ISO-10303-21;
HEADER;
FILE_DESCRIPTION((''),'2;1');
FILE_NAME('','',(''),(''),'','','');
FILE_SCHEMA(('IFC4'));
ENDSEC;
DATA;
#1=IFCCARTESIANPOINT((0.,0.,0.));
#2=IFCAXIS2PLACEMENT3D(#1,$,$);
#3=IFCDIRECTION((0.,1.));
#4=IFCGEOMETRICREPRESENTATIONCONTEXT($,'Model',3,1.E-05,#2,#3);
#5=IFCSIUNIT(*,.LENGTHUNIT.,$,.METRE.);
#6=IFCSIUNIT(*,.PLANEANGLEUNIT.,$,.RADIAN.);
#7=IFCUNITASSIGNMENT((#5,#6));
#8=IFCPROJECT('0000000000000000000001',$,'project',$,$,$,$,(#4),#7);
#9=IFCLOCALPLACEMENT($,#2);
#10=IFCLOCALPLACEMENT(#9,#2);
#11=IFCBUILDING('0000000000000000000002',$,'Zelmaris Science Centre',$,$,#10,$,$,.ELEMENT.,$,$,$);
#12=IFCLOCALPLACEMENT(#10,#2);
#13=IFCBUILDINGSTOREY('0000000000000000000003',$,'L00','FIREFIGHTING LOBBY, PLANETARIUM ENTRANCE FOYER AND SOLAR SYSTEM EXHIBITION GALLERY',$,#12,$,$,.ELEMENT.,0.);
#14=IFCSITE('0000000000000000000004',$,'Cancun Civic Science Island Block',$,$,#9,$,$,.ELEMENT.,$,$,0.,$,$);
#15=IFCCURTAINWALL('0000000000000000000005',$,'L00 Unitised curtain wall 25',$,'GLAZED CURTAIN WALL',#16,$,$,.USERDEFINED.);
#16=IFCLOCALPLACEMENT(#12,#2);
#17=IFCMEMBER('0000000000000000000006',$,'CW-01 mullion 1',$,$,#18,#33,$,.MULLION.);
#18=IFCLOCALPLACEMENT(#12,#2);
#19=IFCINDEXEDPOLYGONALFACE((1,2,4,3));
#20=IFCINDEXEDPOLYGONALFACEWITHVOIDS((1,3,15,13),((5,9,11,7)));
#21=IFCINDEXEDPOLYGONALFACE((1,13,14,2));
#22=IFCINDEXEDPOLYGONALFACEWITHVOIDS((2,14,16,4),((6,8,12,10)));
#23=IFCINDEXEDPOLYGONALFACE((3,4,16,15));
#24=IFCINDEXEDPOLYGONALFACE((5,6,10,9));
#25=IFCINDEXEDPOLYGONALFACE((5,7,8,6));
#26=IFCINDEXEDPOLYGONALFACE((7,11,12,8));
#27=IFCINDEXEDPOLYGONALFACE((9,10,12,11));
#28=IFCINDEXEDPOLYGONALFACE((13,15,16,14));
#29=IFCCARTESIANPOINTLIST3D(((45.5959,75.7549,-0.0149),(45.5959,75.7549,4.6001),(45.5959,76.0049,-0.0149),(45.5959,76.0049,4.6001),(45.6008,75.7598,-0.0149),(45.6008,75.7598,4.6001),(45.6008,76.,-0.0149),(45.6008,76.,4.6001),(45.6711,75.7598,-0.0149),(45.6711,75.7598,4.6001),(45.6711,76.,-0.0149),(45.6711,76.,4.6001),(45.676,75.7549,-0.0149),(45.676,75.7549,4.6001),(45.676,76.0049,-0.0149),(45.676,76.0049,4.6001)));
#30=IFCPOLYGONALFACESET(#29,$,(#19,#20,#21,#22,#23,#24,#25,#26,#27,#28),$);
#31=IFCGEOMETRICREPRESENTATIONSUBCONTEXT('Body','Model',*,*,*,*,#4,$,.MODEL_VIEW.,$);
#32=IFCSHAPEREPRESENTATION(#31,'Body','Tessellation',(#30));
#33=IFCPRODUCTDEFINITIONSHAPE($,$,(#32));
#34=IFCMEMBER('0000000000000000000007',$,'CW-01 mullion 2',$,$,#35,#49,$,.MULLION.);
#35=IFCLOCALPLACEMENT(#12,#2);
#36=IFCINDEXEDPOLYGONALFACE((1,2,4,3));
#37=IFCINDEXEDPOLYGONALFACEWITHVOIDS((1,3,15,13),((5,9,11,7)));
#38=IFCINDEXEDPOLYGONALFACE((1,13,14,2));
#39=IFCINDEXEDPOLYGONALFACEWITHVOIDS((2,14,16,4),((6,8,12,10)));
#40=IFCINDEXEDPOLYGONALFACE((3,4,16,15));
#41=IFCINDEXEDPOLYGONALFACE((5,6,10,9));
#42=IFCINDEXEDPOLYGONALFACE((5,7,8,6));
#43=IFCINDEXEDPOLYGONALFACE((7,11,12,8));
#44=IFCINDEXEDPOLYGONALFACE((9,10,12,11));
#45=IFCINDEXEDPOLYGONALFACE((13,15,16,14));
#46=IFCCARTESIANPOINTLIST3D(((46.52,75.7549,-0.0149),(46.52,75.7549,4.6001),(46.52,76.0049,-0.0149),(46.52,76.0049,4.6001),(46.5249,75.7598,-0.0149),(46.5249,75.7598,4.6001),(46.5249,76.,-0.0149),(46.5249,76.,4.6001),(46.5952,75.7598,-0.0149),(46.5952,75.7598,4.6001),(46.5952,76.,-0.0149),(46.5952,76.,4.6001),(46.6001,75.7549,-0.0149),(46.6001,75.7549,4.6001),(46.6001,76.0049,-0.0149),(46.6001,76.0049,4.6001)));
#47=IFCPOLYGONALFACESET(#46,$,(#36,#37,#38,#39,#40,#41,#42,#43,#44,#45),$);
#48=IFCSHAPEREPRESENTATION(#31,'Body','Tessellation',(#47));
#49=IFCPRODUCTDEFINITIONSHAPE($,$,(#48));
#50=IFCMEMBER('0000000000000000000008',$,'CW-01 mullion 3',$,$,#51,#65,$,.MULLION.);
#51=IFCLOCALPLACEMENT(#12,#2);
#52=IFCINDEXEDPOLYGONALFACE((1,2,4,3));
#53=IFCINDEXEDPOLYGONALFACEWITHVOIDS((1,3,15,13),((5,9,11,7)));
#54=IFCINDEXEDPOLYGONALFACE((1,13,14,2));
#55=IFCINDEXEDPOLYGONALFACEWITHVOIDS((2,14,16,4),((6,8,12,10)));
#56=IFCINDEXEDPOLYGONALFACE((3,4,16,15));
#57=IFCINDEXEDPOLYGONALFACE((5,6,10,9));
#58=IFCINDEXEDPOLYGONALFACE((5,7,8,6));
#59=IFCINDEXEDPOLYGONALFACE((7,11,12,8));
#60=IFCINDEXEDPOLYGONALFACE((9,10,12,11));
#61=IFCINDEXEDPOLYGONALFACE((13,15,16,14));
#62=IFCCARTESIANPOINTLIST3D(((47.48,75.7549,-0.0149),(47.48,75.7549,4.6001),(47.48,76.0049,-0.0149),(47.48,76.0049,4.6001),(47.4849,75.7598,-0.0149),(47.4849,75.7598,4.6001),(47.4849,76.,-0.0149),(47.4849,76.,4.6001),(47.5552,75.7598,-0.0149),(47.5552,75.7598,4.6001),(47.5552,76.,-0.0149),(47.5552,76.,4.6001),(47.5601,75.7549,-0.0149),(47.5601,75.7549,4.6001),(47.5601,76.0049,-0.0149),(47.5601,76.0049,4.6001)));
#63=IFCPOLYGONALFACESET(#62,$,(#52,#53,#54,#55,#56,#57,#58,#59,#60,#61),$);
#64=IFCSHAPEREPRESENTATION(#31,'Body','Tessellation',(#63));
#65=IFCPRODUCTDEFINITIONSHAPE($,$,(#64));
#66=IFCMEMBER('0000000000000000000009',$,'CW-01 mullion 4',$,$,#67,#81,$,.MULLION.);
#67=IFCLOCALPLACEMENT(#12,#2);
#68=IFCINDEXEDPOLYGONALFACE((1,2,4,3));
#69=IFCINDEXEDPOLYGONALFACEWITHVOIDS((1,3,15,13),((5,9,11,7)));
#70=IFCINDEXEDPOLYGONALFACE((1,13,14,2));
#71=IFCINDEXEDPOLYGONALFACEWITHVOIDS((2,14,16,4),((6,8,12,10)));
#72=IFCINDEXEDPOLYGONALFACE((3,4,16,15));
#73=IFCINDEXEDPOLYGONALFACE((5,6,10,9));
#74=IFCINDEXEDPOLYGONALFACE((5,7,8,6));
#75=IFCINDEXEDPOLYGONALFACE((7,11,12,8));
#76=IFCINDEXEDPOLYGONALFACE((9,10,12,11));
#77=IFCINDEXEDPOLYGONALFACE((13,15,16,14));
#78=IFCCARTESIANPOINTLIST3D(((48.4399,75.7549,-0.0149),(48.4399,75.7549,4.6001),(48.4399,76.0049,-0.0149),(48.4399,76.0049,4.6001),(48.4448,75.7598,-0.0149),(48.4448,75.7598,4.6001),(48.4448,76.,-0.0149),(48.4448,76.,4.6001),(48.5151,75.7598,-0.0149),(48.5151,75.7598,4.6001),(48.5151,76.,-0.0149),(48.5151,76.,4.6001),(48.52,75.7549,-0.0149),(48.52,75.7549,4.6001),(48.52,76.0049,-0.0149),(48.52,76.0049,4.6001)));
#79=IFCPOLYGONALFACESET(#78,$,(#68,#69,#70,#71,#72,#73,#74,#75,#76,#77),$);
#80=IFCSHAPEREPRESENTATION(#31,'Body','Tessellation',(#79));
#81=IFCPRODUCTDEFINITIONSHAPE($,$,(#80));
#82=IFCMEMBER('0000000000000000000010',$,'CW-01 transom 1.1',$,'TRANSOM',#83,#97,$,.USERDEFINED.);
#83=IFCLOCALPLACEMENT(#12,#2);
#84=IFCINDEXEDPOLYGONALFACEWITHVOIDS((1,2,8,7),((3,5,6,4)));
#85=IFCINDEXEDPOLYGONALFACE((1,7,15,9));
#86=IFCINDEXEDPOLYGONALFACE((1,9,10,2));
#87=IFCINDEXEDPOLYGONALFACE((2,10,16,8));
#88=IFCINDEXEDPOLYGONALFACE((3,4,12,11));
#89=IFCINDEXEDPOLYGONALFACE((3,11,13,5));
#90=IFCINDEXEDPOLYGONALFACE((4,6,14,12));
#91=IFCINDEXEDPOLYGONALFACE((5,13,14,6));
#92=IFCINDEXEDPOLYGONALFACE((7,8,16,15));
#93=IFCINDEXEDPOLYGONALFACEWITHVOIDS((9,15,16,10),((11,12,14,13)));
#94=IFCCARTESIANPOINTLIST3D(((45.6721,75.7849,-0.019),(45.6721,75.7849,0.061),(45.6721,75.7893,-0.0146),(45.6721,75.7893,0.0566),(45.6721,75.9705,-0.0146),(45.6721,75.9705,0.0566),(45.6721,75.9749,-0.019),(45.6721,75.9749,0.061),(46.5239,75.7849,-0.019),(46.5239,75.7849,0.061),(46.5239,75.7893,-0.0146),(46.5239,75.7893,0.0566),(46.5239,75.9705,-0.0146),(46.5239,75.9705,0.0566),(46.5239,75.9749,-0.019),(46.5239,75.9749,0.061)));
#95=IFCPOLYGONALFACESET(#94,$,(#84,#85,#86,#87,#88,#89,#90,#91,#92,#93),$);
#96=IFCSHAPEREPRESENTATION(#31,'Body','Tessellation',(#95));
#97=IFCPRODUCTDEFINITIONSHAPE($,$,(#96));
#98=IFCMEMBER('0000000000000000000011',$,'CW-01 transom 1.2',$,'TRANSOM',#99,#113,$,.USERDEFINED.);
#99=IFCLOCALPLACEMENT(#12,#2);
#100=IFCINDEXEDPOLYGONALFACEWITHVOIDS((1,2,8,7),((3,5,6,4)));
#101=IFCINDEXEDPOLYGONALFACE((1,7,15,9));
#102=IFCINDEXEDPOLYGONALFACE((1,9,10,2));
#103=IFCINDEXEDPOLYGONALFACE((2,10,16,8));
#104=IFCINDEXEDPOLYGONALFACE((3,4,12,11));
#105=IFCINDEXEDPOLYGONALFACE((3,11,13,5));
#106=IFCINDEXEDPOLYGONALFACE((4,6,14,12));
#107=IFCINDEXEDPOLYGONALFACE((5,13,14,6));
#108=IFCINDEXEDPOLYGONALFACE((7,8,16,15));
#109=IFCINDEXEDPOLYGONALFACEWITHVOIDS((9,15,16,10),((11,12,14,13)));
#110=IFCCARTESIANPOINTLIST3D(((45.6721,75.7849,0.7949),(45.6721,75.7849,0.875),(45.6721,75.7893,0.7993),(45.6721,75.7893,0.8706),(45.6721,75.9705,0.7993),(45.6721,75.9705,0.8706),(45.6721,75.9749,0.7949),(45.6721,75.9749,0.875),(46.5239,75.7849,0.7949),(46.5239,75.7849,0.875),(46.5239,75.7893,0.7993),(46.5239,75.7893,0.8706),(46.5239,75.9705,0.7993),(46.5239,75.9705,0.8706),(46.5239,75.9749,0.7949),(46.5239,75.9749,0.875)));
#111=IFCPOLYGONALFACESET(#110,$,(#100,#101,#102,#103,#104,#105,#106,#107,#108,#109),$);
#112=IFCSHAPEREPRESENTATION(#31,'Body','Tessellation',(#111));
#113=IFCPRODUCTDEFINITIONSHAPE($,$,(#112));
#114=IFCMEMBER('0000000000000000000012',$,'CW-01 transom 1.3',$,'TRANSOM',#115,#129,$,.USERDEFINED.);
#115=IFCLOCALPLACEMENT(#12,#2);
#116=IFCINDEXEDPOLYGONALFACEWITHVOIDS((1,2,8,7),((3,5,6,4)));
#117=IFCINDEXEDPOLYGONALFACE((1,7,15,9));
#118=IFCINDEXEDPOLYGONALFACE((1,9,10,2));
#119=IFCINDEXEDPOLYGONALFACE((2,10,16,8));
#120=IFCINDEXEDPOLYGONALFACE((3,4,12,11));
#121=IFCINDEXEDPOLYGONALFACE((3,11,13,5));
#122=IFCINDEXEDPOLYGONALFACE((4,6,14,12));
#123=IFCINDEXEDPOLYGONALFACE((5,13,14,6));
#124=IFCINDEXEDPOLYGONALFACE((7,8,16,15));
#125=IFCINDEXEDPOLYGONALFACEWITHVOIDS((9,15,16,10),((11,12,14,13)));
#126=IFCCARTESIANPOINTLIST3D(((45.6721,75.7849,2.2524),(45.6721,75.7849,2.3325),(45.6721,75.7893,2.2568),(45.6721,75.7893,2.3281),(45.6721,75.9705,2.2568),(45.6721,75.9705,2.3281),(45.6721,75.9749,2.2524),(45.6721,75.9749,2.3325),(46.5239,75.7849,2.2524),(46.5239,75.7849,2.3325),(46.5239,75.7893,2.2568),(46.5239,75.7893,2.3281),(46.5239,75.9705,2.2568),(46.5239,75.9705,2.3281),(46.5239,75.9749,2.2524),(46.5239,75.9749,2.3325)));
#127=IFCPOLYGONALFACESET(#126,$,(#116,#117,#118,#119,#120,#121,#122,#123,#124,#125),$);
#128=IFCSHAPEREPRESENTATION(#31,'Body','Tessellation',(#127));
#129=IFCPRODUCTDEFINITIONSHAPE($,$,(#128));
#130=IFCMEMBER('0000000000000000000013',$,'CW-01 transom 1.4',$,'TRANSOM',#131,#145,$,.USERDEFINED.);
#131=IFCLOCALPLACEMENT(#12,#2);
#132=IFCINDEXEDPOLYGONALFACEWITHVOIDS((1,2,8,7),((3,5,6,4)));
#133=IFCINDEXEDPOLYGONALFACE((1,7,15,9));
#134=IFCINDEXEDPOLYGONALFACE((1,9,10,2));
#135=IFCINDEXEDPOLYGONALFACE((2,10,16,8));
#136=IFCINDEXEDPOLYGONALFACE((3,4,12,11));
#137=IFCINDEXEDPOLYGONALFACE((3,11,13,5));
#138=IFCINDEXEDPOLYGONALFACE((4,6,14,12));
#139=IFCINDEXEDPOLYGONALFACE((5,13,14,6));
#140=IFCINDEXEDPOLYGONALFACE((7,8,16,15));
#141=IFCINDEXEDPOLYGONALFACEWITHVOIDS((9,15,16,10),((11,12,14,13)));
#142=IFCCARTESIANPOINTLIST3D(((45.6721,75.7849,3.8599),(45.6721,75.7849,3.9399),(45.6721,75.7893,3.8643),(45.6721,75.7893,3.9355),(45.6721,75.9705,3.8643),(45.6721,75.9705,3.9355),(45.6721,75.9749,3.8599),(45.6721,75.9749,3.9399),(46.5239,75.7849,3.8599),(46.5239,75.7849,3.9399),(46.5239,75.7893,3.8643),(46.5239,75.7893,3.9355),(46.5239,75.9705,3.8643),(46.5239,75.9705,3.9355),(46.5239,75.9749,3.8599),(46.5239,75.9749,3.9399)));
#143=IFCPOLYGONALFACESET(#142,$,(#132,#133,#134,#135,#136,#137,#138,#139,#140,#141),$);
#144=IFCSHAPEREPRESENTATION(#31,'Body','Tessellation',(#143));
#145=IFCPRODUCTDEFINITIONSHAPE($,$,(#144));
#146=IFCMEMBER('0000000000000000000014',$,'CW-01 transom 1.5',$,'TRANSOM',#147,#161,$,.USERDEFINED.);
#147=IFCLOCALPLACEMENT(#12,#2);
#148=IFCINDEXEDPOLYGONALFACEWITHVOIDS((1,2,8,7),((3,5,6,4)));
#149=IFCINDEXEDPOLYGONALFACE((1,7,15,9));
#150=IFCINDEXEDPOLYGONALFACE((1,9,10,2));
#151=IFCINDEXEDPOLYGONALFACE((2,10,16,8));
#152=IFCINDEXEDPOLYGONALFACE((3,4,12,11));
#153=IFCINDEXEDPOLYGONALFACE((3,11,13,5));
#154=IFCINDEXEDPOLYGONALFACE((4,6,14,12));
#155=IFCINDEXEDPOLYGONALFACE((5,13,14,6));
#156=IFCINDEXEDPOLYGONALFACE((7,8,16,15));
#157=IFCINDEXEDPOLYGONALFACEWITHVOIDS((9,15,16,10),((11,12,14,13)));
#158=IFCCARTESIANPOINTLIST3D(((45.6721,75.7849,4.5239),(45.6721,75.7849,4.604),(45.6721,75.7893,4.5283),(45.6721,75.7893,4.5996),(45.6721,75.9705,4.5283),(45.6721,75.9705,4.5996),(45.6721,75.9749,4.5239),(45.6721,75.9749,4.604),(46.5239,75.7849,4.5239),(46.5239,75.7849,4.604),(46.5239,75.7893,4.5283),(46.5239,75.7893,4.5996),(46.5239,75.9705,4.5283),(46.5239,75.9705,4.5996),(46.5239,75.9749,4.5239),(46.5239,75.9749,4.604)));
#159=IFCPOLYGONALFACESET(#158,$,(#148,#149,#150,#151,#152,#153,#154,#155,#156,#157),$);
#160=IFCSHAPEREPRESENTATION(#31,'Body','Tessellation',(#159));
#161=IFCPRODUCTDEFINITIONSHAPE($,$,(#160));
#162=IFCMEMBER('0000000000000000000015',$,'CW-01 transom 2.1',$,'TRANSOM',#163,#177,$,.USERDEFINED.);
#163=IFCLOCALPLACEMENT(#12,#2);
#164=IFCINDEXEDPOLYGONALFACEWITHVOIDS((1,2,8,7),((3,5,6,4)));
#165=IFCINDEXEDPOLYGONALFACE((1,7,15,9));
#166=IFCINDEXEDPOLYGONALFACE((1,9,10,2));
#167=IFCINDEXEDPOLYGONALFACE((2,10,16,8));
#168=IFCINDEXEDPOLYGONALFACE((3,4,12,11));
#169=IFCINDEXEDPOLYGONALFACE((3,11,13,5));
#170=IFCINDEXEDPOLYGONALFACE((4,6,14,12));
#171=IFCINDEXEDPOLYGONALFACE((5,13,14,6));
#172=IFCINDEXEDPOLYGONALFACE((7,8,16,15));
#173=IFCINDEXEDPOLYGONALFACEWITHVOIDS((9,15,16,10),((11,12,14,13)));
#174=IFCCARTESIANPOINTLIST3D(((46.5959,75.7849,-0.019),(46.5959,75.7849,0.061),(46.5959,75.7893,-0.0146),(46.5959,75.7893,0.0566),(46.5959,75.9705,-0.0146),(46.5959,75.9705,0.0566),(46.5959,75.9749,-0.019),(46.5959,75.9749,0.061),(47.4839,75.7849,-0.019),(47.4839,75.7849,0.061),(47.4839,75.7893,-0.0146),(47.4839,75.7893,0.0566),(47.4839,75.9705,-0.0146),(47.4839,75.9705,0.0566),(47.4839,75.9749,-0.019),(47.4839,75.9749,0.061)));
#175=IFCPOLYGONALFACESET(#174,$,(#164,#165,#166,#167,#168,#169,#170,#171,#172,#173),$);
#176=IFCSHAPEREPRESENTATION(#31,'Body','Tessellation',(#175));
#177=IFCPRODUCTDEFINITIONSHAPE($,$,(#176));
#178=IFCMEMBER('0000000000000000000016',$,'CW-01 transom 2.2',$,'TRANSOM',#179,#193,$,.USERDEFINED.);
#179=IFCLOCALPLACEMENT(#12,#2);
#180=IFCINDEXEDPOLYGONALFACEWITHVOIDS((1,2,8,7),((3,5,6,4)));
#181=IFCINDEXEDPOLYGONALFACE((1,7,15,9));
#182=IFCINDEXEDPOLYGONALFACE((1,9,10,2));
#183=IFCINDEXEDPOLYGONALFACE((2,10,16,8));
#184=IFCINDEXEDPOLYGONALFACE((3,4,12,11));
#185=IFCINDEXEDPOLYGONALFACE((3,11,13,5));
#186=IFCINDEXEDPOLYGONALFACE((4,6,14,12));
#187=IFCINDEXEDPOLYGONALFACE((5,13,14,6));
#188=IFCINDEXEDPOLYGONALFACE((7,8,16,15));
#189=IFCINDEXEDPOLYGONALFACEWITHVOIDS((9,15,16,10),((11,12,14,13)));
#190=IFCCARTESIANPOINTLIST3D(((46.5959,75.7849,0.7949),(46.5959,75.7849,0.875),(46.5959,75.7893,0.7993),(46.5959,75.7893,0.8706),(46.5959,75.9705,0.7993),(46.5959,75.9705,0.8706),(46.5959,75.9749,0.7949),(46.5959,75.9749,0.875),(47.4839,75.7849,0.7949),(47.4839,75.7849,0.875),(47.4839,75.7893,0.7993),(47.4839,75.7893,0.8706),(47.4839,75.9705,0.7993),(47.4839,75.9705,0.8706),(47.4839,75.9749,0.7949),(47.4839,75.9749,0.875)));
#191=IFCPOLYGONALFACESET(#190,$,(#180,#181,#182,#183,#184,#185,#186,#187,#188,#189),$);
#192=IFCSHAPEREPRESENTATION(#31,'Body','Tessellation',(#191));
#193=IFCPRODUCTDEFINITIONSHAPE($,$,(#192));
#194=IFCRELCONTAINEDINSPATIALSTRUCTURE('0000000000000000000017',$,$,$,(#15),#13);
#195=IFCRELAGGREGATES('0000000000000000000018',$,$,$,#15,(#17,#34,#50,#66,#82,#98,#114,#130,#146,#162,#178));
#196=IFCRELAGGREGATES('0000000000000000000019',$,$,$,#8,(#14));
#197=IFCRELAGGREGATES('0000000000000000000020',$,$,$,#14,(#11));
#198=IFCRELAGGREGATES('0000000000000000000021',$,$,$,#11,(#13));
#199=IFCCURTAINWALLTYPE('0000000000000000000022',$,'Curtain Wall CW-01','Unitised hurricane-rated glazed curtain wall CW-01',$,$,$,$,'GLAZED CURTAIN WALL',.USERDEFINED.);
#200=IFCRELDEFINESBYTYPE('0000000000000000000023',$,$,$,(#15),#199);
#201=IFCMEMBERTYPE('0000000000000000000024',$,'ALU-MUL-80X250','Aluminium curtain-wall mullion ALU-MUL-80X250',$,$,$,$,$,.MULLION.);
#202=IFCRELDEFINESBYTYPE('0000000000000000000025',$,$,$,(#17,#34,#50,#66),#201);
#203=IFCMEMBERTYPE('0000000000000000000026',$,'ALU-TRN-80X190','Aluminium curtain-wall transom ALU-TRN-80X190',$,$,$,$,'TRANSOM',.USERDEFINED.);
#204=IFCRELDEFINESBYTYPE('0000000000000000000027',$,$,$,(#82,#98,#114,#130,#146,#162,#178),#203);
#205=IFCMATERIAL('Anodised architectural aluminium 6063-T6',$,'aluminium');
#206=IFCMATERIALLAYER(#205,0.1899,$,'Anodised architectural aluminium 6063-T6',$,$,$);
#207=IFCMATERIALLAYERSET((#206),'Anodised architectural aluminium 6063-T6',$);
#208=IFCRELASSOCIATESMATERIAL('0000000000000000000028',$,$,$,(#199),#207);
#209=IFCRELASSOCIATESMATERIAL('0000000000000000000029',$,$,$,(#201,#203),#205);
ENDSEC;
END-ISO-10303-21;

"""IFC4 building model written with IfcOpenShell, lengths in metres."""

from ifc_helpers import new_model, si_unit, direction, frame, origin, origin_2d, place, context, subcontext, project, spatial, hollow_rectangle, extrude, material, layer, layer_set, material_profile, profile_set, type_object, element, aggregate, save


model = new_model("IFC4")

# Units and contexts
model_context = context("Model", 3, precision=1e-05, world=origin(), true_north=direction((0.0, 1.0)))
body_context = subcontext(model_context, "Body", "Model", "MODEL_VIEW")
ifc_project = project(units=[si_unit("LENGTHUNIT", "METRE"), si_unit("PLANEANGLEUNIT", "RADIAN")], contexts=[model_context])

# Site, building, storey
site_placement = place(None, origin())
site = spatial("IfcSite", under=ifc_project, at=site_placement, Name="Cancun Civic Science Island Block", CompositionType="ELEMENT", RefElevation=0.0)
building_placement = place(site_placement, origin())
building = spatial("IfcBuilding", under=site, at=building_placement, Name="Zelmaris Science Centre", CompositionType="ELEMENT")
storey_placement = place(building_placement, origin())
storey = spatial("IfcBuildingStorey", under=building, at=storey_placement, Name="L00", Description="FIREFIGHTING LOBBY, PLANETARIUM ENTRANCE FOYER AND SOLAR SYSTEM EXHIBITION GALLERY", CompositionType="ELEMENT", Elevation=0.0)

# Curtain wall, members
ifc_material_1 = material(Name="Anodised architectural aluminium 6063-T6", Category="aluminium")
ifc_layer_1 = layer(ifc_material_1, 0.1899, Name="Anodised architectural aluminium 6063-T6")
ifc_layer_set_1 = layer_set([ifc_layer_1], Name="Anodised architectural aluminium 6063-T6")
curtain_wall_type = type_object("IfcCurtainWallType", Name="Curtain Wall CW-01", Description="Unitised hurricane-rated glazed curtain wall CW-01", ElementType="GLAZED CURTAIN WALL", PredefinedType="USERDEFINED", material=ifc_layer_set_1)
curtain_wall_placement = place(storey_placement, origin())
curtain_wall = element("IfcCurtainWall", 1, at=curtain_wall_placement, inside=storey, type_object=curtain_wall_type, Name="L00 Unitised curtain wall 25", ObjectType="GLAZED CURTAIN WALL", PredefinedType="USERDEFINED")
ifc_material_profile_1 = material_profile(ifc_material_1, hollow_rectangle(XDim=0.0801, YDim=0.25, WallThickness=0.0049, at=origin_2d()), Name="ALU-MUL-80X250")
ifc_profile_set_1 = profile_set([ifc_material_profile_1], Name="Anodised architectural aluminium 6063-T6")
member_type_1 = type_object("IfcMemberType", Name="ALU-MUL-80X250", Description="Aluminium curtain-wall mullion ALU-MUL-80X250", PredefinedType="MULLION", material=ifc_profile_set_1)
member_1_placement = place(storey_placement, frame((45.636, 75.8799, -0.0149), z_axis=(0.0, 0.0, 1.0), x_axis=(1.0, 0.0, 0.0)))
member_1 = element("IfcMember", 2, at=member_1_placement, type_object=member_type_1, Name="CW-01 mullion 1", PredefinedType="MULLION", context=body_context, shape_type="SweptSolid", body=[
    extrude(hollow_rectangle(XDim=0.0801, YDim=0.25, WallThickness=0.0049, at=origin_2d()), origin(), (0.0, 0.0, 1.0), 4.615),
])
member_2_placement = place(storey_placement, frame((46.5601, 75.8799, -0.0149), z_axis=(0.0, 0.0, 1.0), x_axis=(1.0, 0.0, 0.0)))
member_2 = element("IfcMember", 3, at=member_2_placement, type_object=member_type_1, Name="CW-01 mullion 2", PredefinedType="MULLION", context=body_context, shape_type="SweptSolid", body=[
    extrude(hollow_rectangle(XDim=0.0801, YDim=0.25, WallThickness=0.0049, at=origin_2d()), origin(), (0.0, 0.0, 1.0), 4.615),
])
member_3_placement = place(storey_placement, frame((47.52, 75.8799, -0.0149), z_axis=(0.0, 0.0, 1.0), x_axis=(1.0, 0.0, 0.0)))
member_3 = element("IfcMember", 4, at=member_3_placement, type_object=member_type_1, Name="CW-01 mullion 3", PredefinedType="MULLION", context=body_context, shape_type="SweptSolid", body=[
    extrude(hollow_rectangle(XDim=0.0801, YDim=0.25, WallThickness=0.0049, at=origin_2d()), origin(), (0.0, 0.0, 1.0), 4.615),
])
member_4_placement = place(storey_placement, frame((48.48, 75.8799, -0.0149), z_axis=(0.0, 0.0, 1.0), x_axis=(1.0, 0.0, 0.0)))
member_4 = element("IfcMember", 5, at=member_4_placement, type_object=member_type_1, Name="CW-01 mullion 4", PredefinedType="MULLION", context=body_context, shape_type="SweptSolid", body=[
    extrude(hollow_rectangle(XDim=0.0801, YDim=0.25, WallThickness=0.0049, at=origin_2d()), origin(), (0.0, 0.0, 1.0), 4.615),
])
ifc_material_profile_2 = material_profile(ifc_material_1, hollow_rectangle(XDim=0.0801, YDim=0.1899, WallThickness=0.0044, at=origin_2d()), Name="ALU-TRN-80X190")
ifc_profile_set_2 = profile_set([ifc_material_profile_2], Name="Anodised architectural aluminium 6063-T6")
member_type_2 = type_object("IfcMemberType", Name="ALU-TRN-80X190", Description="Aluminium curtain-wall transom ALU-TRN-80X190", ElementType="TRANSOM", PredefinedType="USERDEFINED", material=ifc_profile_set_2)
member_5_placement = place(storey_placement, frame((45.6721, 75.8799, 0.021), z_axis=(1.0, 0.0, 0.0), x_axis=(0.0, 0.0, 1.0)))
member_5 = element("IfcMember", 6, at=member_5_placement, type_object=member_type_2, Name="CW-01 transom 1.1", ObjectType="TRANSOM", PredefinedType="USERDEFINED", context=body_context, shape_type="SweptSolid", body=[
    extrude(hollow_rectangle(XDim=0.0801, YDim=0.1899, WallThickness=0.0044, at=origin_2d()), origin(), (0.0, 0.0, 1.0), 0.8518),
])
member_6_placement = place(storey_placement, frame((45.6721, 75.8799, 0.835), z_axis=(1.0, 0.0, 0.0), x_axis=(0.0, 0.0, 1.0)))
member_6 = element("IfcMember", 7, at=member_6_placement, type_object=member_type_2, Name="CW-01 transom 1.2", ObjectType="TRANSOM", PredefinedType="USERDEFINED", context=body_context, shape_type="SweptSolid", body=[
    extrude(hollow_rectangle(XDim=0.0801, YDim=0.1899, WallThickness=0.0044, at=origin_2d()), origin(), (0.0, 0.0, 1.0), 0.8518),
])
member_7_placement = place(storey_placement, frame((45.6721, 75.8799, 2.2925), z_axis=(1.0, 0.0, 0.0), x_axis=(0.0, 0.0, 1.0)))
member_7 = element("IfcMember", 8, at=member_7_placement, type_object=member_type_2, Name="CW-01 transom 1.3", ObjectType="TRANSOM", PredefinedType="USERDEFINED", context=body_context, shape_type="SweptSolid", body=[
    extrude(hollow_rectangle(XDim=0.0801, YDim=0.1899, WallThickness=0.0044, at=origin_2d()), origin(), (0.0, 0.0, 1.0), 0.8518),
])
member_8_placement = place(storey_placement, frame((45.6721, 75.8799, 3.8999), z_axis=(1.0, 0.0, 0.0), x_axis=(0.0, 0.0, 1.0)))
member_8 = element("IfcMember", 9, at=member_8_placement, type_object=member_type_2, Name="CW-01 transom 1.4", ObjectType="TRANSOM", PredefinedType="USERDEFINED", context=body_context, shape_type="SweptSolid", body=[
    extrude(hollow_rectangle(XDim=0.0801, YDim=0.1899, WallThickness=0.0044, at=origin_2d()), origin(), (0.0, 0.0, 1.0), 0.8518),
])
member_9_placement = place(storey_placement, frame((45.6721, 75.8799, 4.564), z_axis=(1.0, 0.0, 0.0), x_axis=(0.0, 0.0, 1.0)))
member_9 = element("IfcMember", 10, at=member_9_placement, type_object=member_type_2, Name="CW-01 transom 1.5", ObjectType="TRANSOM", PredefinedType="USERDEFINED", context=body_context, shape_type="SweptSolid", body=[
    extrude(hollow_rectangle(XDim=0.0801, YDim=0.1899, WallThickness=0.0044, at=origin_2d()), origin(), (0.0, 0.0, 1.0), 0.8518),
])
member_10_placement = place(storey_placement, frame((46.5959, 75.8799, 0.021), z_axis=(1.0, 0.0, 0.0), x_axis=(0.0, 0.0, 1.0)))
member_10 = element("IfcMember", 11, at=member_10_placement, type_object=member_type_2, Name="CW-01 transom 2.1", ObjectType="TRANSOM", PredefinedType="USERDEFINED", context=body_context, shape_type="SweptSolid", body=[
    extrude(hollow_rectangle(XDim=0.0801, YDim=0.1899, WallThickness=0.0044, at=origin_2d()), origin(), (0.0, 0.0, 1.0), 0.8879),
])
member_11_placement = place(storey_placement, frame((46.5959, 75.8799, 0.835), z_axis=(1.0, 0.0, 0.0), x_axis=(0.0, 0.0, 1.0)))
member_11 = element("IfcMember", 12, at=member_11_placement, type_object=member_type_2, Name="CW-01 transom 2.2", ObjectType="TRANSOM", PredefinedType="USERDEFINED", context=body_context, shape_type="SweptSolid", body=[
    extrude(hollow_rectangle(XDim=0.0801, YDim=0.1899, WallThickness=0.0044, at=origin_2d()), origin(), (0.0, 0.0, 1.0), 0.8879),
])
aggregate(curtain_wall, [member_1, member_2, member_3, member_4, member_5, member_6, member_7, member_8, member_9, member_10, member_11])

save(model, "model.ifc")
